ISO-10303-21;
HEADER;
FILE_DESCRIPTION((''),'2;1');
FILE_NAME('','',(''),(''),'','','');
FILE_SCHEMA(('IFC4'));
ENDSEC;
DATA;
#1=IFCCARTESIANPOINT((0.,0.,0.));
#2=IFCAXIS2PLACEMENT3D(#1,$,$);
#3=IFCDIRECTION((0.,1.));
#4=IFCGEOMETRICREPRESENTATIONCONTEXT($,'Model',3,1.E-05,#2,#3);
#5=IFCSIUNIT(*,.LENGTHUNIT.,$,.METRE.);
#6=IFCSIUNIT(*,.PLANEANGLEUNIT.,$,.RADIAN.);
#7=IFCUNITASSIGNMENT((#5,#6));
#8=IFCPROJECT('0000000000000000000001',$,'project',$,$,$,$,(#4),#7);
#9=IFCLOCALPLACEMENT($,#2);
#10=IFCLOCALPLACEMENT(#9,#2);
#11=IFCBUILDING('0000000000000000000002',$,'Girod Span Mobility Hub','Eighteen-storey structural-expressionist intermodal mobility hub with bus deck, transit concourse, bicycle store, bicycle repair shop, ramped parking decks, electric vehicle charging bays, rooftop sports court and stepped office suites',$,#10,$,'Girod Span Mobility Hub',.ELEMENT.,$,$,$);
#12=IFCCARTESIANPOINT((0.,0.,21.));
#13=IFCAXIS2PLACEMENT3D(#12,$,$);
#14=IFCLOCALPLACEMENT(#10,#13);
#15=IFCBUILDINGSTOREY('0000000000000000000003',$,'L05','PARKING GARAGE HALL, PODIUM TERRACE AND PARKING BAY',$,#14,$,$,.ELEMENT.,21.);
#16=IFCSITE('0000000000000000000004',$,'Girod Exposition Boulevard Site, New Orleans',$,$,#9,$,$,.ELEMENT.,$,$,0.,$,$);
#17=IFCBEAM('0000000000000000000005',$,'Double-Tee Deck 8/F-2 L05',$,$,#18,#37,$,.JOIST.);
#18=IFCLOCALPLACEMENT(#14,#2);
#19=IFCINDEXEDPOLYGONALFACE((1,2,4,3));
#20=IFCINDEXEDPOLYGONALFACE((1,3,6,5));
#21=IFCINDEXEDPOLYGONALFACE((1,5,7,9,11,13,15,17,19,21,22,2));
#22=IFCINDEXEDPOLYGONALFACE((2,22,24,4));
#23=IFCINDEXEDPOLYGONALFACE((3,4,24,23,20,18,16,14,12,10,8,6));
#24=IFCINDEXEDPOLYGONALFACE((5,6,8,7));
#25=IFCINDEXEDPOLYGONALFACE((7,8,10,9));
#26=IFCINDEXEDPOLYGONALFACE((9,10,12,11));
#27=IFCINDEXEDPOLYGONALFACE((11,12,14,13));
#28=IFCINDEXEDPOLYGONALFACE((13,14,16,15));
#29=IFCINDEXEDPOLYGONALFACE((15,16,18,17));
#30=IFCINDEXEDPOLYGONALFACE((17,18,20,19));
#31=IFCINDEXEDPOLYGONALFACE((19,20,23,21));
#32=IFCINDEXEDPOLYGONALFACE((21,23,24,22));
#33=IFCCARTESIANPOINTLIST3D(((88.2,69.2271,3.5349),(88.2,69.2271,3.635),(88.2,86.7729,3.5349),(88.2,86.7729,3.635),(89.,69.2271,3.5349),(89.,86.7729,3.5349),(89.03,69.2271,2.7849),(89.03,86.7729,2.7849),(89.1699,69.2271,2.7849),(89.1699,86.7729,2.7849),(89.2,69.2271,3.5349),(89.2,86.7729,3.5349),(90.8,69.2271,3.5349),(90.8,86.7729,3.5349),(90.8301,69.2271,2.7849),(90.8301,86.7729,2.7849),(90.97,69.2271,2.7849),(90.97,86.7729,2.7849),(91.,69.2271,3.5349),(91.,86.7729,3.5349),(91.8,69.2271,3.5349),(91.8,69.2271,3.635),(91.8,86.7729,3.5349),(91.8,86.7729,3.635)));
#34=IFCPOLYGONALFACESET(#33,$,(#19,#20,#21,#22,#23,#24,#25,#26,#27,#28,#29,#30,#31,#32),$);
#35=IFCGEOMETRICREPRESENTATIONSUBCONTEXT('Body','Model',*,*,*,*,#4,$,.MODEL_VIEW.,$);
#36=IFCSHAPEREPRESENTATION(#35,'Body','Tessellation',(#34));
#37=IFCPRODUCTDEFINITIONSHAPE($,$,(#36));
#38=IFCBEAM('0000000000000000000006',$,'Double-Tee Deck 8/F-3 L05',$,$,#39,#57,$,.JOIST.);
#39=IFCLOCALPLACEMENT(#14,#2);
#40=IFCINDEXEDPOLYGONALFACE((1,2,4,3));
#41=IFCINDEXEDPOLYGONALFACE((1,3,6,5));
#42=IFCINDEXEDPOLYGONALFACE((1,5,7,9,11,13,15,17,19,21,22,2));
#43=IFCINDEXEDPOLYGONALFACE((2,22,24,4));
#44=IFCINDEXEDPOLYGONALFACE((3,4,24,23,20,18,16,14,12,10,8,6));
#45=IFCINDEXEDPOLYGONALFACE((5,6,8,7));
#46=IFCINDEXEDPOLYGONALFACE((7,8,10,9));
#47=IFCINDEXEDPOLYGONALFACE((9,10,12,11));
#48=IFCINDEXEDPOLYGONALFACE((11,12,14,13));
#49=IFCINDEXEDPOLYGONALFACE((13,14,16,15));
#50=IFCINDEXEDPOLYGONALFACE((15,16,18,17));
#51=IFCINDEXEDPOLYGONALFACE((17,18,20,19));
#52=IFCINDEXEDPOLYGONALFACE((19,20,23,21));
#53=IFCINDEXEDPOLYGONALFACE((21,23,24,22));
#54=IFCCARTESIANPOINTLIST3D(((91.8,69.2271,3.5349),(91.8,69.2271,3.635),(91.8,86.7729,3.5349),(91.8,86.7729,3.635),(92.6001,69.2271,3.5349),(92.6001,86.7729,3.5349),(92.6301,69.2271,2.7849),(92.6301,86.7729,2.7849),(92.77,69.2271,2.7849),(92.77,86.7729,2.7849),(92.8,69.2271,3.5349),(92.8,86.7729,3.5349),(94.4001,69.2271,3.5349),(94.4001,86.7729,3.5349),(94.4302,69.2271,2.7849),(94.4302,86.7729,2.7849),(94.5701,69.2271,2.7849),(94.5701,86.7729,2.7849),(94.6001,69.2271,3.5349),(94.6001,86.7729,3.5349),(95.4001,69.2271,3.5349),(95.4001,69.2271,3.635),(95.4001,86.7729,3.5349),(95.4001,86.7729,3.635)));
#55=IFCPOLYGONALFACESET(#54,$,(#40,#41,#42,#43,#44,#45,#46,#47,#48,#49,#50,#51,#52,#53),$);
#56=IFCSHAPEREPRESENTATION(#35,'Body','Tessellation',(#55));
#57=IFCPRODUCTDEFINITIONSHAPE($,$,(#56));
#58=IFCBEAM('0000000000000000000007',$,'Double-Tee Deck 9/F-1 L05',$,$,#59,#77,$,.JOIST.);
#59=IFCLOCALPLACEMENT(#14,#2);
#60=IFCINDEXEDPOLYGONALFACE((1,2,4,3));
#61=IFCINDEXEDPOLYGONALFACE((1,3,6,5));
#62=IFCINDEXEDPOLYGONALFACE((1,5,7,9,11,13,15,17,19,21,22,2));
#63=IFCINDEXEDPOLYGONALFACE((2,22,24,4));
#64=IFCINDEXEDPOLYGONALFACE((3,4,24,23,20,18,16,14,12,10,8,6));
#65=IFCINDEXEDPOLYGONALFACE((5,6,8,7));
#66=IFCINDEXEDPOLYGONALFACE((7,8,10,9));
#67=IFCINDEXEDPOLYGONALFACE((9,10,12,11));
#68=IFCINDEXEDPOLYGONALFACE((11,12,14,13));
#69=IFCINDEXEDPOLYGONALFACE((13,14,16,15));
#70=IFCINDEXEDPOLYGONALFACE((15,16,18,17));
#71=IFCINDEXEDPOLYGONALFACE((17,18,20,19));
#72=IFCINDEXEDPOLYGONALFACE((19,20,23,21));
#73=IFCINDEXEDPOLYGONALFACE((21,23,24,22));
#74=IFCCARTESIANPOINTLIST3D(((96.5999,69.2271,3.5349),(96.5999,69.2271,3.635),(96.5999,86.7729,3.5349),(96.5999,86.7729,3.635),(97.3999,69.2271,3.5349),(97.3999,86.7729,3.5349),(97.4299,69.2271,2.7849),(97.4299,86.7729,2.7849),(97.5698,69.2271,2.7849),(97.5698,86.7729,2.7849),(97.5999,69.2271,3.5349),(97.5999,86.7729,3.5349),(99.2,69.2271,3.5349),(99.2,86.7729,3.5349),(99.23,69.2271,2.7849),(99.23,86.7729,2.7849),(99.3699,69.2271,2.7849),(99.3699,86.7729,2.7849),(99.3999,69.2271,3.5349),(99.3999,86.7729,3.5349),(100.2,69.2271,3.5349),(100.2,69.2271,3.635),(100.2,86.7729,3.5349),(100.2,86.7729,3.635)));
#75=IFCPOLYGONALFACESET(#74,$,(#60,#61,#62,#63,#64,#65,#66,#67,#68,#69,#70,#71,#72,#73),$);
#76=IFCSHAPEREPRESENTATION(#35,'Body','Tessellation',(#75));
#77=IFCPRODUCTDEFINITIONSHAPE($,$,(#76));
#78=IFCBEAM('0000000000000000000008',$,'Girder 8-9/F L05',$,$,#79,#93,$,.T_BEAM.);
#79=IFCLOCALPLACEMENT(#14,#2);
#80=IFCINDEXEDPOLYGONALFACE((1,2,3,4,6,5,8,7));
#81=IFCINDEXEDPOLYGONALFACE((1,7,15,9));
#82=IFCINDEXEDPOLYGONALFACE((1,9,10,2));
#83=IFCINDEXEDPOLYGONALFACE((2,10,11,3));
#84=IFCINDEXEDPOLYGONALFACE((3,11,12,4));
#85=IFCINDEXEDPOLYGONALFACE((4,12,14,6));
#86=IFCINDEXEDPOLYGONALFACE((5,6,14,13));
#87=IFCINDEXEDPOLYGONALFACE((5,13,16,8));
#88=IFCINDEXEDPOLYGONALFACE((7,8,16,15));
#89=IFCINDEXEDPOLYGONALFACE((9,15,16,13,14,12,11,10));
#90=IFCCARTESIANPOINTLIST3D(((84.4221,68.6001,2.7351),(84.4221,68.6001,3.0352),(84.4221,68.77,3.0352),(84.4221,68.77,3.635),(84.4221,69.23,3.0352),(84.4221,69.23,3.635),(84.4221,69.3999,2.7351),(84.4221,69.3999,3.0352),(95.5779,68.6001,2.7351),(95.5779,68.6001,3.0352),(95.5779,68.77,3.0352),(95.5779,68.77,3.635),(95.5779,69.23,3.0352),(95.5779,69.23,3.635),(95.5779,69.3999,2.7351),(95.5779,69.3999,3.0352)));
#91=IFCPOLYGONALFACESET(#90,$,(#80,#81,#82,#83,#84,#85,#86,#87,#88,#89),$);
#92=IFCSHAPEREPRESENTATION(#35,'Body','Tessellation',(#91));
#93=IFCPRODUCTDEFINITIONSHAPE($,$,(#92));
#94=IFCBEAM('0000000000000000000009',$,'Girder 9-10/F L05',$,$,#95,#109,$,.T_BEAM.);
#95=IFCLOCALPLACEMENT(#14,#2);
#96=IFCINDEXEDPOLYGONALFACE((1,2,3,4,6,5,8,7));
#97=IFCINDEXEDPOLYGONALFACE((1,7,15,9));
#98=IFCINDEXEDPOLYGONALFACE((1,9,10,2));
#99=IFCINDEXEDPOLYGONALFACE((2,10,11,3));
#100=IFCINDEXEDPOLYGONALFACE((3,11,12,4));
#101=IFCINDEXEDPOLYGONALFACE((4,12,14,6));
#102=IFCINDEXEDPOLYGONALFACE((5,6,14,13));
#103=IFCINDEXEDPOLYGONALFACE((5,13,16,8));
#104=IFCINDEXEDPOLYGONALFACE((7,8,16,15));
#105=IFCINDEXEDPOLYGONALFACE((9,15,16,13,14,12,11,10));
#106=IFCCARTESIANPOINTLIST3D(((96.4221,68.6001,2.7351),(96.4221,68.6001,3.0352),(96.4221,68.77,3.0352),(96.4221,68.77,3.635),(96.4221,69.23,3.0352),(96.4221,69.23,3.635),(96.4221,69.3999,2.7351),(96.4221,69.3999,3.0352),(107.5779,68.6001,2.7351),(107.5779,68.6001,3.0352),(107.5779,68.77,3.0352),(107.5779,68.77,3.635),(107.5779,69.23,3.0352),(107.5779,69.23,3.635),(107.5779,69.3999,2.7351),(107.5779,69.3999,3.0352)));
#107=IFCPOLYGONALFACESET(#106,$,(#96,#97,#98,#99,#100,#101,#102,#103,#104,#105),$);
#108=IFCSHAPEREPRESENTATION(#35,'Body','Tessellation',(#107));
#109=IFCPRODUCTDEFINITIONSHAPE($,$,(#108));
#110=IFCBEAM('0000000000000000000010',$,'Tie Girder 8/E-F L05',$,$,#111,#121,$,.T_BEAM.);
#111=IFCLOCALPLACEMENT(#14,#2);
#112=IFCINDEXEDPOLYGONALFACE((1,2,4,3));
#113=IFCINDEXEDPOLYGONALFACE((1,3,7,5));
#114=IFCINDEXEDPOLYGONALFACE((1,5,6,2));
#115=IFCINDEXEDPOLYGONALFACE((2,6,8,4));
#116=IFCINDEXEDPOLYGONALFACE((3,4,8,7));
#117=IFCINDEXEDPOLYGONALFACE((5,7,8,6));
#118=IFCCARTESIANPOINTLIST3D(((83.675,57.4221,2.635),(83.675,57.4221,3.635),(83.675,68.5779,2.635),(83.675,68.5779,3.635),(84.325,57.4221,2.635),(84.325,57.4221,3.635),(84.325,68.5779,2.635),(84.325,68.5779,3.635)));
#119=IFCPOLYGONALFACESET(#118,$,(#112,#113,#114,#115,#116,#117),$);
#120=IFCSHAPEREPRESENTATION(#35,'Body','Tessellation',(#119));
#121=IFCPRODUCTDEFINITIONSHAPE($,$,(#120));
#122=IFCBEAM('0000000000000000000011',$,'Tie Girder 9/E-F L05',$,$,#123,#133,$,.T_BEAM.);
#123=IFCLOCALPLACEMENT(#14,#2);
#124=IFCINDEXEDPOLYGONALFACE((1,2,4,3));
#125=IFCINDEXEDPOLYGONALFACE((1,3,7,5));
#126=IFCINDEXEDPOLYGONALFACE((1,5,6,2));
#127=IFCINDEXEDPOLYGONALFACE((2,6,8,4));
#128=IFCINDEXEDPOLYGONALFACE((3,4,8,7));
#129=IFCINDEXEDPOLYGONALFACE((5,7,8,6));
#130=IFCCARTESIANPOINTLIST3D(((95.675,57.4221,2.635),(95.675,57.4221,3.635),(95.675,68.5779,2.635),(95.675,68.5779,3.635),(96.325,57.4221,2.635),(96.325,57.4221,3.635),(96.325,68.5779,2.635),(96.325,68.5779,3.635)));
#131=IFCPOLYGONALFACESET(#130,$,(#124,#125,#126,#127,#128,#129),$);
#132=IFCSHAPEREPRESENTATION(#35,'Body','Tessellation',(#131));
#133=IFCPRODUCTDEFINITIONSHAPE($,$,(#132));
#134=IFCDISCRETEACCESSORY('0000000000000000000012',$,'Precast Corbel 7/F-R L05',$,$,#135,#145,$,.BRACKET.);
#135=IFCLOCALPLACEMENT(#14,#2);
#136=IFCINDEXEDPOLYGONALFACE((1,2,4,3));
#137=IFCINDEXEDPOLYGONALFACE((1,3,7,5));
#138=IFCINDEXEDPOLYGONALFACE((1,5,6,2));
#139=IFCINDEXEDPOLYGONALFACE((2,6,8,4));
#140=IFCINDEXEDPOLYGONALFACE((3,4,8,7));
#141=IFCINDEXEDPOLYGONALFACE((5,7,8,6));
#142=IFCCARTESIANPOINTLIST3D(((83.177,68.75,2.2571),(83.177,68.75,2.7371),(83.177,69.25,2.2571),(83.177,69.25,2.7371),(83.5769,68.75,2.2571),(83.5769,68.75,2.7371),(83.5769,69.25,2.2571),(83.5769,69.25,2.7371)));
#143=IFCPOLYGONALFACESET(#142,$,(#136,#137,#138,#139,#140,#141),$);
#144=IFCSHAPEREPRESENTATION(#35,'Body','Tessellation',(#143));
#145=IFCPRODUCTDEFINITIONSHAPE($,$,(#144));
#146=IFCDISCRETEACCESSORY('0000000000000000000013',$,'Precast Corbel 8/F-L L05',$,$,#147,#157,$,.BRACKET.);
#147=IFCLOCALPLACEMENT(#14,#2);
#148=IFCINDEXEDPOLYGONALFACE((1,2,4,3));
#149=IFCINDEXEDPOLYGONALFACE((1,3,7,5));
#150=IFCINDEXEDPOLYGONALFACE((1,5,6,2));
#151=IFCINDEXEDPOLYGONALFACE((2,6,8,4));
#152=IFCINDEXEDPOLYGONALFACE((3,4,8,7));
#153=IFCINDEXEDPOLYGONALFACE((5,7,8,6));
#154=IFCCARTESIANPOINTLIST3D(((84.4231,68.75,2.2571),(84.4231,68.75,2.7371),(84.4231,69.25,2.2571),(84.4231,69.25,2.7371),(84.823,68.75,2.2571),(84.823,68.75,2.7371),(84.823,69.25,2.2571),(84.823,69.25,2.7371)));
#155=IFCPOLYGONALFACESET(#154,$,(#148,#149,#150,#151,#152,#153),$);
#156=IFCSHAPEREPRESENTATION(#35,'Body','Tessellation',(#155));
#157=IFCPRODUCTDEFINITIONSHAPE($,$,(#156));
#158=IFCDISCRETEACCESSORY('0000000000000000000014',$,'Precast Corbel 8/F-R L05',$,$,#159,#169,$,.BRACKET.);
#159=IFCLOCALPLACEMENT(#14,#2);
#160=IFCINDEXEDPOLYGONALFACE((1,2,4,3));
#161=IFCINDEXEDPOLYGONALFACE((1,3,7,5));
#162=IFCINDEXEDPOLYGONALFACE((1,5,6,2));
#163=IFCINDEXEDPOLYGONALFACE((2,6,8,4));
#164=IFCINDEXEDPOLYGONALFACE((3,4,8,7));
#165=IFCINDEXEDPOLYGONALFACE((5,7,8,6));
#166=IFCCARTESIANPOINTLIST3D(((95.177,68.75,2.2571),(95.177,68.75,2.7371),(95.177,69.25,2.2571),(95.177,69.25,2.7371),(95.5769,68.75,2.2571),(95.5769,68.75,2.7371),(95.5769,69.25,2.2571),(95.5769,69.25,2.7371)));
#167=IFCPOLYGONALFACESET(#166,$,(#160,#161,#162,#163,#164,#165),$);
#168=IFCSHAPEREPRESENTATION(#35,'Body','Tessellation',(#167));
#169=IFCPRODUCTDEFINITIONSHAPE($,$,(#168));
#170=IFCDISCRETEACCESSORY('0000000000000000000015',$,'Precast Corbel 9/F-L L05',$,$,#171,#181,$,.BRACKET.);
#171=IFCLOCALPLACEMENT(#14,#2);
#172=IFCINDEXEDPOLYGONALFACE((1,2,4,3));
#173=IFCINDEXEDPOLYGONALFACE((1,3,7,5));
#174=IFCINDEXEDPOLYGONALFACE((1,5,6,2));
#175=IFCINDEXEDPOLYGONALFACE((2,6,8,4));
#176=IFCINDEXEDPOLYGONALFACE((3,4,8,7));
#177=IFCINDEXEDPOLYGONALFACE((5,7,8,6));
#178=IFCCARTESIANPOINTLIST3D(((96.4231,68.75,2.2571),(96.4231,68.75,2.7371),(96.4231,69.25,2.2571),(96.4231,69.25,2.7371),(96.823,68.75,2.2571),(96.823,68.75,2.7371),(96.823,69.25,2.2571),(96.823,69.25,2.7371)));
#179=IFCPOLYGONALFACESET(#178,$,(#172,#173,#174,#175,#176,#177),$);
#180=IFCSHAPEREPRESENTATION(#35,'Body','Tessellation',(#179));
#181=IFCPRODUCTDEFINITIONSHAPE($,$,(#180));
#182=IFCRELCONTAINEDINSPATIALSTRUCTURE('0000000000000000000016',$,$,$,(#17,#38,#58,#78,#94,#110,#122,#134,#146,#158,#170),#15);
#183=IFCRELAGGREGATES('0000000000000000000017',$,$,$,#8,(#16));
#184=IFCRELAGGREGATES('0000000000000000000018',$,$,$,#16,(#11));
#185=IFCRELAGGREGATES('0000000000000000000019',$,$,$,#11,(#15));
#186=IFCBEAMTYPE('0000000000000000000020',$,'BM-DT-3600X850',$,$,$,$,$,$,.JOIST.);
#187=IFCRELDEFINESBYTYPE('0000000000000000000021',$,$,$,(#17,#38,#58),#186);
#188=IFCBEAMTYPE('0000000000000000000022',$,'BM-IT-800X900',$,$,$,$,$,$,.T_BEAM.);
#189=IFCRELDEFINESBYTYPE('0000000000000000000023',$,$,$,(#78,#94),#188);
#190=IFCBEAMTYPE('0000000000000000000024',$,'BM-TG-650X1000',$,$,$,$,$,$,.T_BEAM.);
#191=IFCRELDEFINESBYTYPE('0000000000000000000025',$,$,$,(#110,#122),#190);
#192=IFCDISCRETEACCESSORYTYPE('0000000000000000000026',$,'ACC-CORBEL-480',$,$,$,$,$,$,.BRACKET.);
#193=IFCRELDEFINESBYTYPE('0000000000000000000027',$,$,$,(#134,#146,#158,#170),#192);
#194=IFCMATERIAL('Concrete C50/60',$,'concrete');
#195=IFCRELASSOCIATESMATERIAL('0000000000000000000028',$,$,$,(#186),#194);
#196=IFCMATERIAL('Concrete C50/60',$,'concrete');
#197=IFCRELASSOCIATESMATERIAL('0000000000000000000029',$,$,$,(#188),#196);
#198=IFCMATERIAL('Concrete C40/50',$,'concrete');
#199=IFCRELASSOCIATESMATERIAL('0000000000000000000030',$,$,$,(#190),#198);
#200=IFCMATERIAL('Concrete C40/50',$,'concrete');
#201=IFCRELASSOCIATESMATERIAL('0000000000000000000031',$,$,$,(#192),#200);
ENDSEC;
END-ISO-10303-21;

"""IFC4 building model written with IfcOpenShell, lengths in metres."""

from ifc_helpers import new_model, si_unit, direction, frame, origin, origin_2d, place, context, subcontext, project, spatial, polyline, rectangle, outline, extrude, material, material_profile, profile_set, type_object, element, save


model = new_model("IFC4")

# Units and contexts
model_context = context("Model", 3, precision=1e-05, world=origin(), true_north=direction((0.0, 1.0)))
body_context = subcontext(model_context, "Body", "Model", "MODEL_VIEW")
ifc_project = project(units=[si_unit("LENGTHUNIT", "METRE"), si_unit("PLANEANGLEUNIT", "RADIAN")], contexts=[model_context])

# Site, building, storey
site_placement = place(None, origin())
site = spatial("IfcSite", under=ifc_project, at=site_placement, Name="Girod Exposition Boulevard Site, New Orleans", CompositionType="ELEMENT", RefElevation=0.0)
building_placement = place(site_placement, origin())
building = spatial("IfcBuilding", under=site, at=building_placement, Name="Girod Span Mobility Hub", Description="Eighteen-storey structural-expressionist intermodal mobility hub with bus deck, transit concourse, bicycle store, bicycle repair shop, ramped parking decks, electric vehicle charging bays, rooftop sports court and stepped office suites", LongName="Girod Span Mobility Hub", CompositionType="ELEMENT")
storey_placement = place(building_placement, frame((0.0, 0.0, 21.0)))
storey = spatial("IfcBuildingStorey", under=building, at=storey_placement, Name="L05", Description="PARKING GARAGE HALL, PODIUM TERRACE AND PARKING BAY", CompositionType="ELEMENT", Elevation=21.0)

# Beams
ifc_material_1 = material(Name="Concrete C50/60", Category="concrete")
ifc_material_profile_1 = material_profile(ifc_material_1, outline(polyline([(-1.8, 0.425), (-1.8, 0.325), (-1.0, 0.325), (-0.97, -0.425), (-0.8301, -0.425), (-0.8, 0.325), (0.8, 0.325), (0.8301, -0.425), (0.97, -0.425), (1.0, 0.325), (1.8, 0.325), (1.8, 0.425), (-1.8, 0.425)])), Name="DT-3600X850")
ifc_profile_set_1 = profile_set([ifc_material_profile_1], Name="Concrete C50/60")
beam_type_1 = type_object("IfcBeamType", Name="BM-DT-3600X850", PredefinedType="JOIST", material=ifc_profile_set_1)
for number, where, z_axis, x_axis, name in (
    (1, (90.0, 69.2271, 3.21), (0.0, 1.0, 0.0), (-1.0, 0.0, 0.0), "Double-Tee Deck 8/F-2 L05"),
    (2, (93.6001, 69.2271, 3.21), (0.0, 1.0, 0.0), (-1.0, 0.0, 0.0), "Double-Tee Deck 8/F-3 L05"),
    (3, (98.3999, 69.2271, 3.21), (0.0, 1.0, 0.0), (-1.0, 0.0, 0.0), "Double-Tee Deck 9/F-1 L05"),
):
    element("IfcBeam", number, at=place(storey_placement, frame(where, z_axis=z_axis, x_axis=x_axis)), inside=storey, type_object=beam_type_1, Name=name, PredefinedType="JOIST", context=body_context, shape_type="SweptSolid", body=[
        extrude(outline(polyline([(-1.8, 0.425), (-1.8, 0.325), (-1.0, 0.325), (-0.97, -0.425), (-0.8301, -0.425), (-0.8, 0.325), (0.8, 0.325), (0.8301, -0.425), (0.97, -0.425), (1.0, 0.325), (1.8, 0.325), (1.8, 0.425), (-1.8, 0.425)])), origin(), (0.0, 0.0, 1.0), 17.5459),
    ])
ifc_material_2 = material(Name="Concrete C50/60", Category="concrete")
ifc_material_profile_2 = material_profile(ifc_material_2, outline(polyline([(-0.3999, -0.45), (0.3999, -0.45), (0.3999, -0.1499), (0.23, -0.1499), (0.23, 0.45), (-0.23, 0.45), (-0.23, -0.1499), (-0.3999, -0.1499), (-0.3999, -0.45)])), Name="IT-800X900")
ifc_profile_set_2 = profile_set([ifc_material_profile_2], Name="Concrete C50/60")
beam_type_2 = type_object("IfcBeamType", Name="BM-IT-800X900", PredefinedType="T_BEAM", material=ifc_profile_set_2)
for number, where, z_axis, x_axis, name in (
    (4, (84.4221, 69.0, 3.1851), (1.0, 0.0, 0.0), (0.0, 1.0, 0.0), "Girder 8-9/F L05"),
    (5, (96.4221, 69.0, 3.1851), (1.0, 0.0, 0.0), (0.0, 1.0, 0.0), "Girder 9-10/F L05"),
):
    element("IfcBeam", number, at=place(storey_placement, frame(where, z_axis=z_axis, x_axis=x_axis)), inside=storey, type_object=beam_type_2, Name=name, PredefinedType="T_BEAM", context=body_context, shape_type="SweptSolid", body=[
        extrude(outline(polyline([(-0.3999, -0.45), (0.3999, -0.45), (0.3999, -0.1499), (0.23, -0.1499), (0.23, 0.45), (-0.23, 0.45), (-0.23, -0.1499), (-0.3999, -0.1499), (-0.3999, -0.45)])), origin(), (0.0, 0.0, 1.0), 11.1558),
    ])
ifc_material_3 = material(Name="Concrete C40/50", Category="concrete")
ifc_material_profile_3 = material_profile(ifc_material_3, rectangle(XDim=0.6499, YDim=1.0, at=origin_2d()), Name="TG-650X1000")
ifc_profile_set_3 = profile_set([ifc_material_profile_3], Name="Concrete C40/50")
beam_type_3 = type_object("IfcBeamType", Name="BM-TG-650X1000", PredefinedType="T_BEAM", material=ifc_profile_set_3)
for number, where, z_axis, x_axis, name in (
    (6, (84.0, 57.4221, 3.135), (0.0, 1.0, 0.0), (-1.0, 0.0, 0.0), "Tie Girder 8/E-F L05"),
    (7, (96.0, 57.4221, 3.135), (0.0, 1.0, 0.0), (-1.0, 0.0, 0.0), "Tie Girder 9/E-F L05"),
):
    element("IfcBeam", number, at=place(storey_placement, frame(where, z_axis=z_axis, x_axis=x_axis)), inside=storey, type_object=beam_type_3, Name=name, PredefinedType="T_BEAM", context=body_context, shape_type="SweptSolid", body=[
        extrude(rectangle(XDim=0.6499, YDim=1.0, at=origin_2d()), origin(), (0.0, 0.0, 1.0), 11.1558),
    ])

# Discrete accessories
ifc_material_4 = material(Name="Concrete C40/50", Category="concrete")
discrete_accessory_type = type_object("IfcDiscreteAccessoryType", Name="ACC-CORBEL-480", PredefinedType="BRACKET", material=ifc_material_4)
for number, where, z_axis, x_axis, name in (
    (8, (83.377, 69.0, 2.2571), (0.0, 0.0, 1.0), (1.0, 0.0, 0.0), "Precast Corbel 7/F-R L05"),
    (9, (84.623, 69.0, 2.2571), (0.0, 0.0, 1.0), (1.0, 0.0, 0.0), "Precast Corbel 8/F-L L05"),
    (10, (95.377, 69.0, 2.2571), (0.0, 0.0, 1.0), (1.0, 0.0, 0.0), "Precast Corbel 8/F-R L05"),
    (11, (96.623, 69.0, 2.2571), (0.0, 0.0, 1.0), (1.0, 0.0, 0.0), "Precast Corbel 9/F-L L05"),
):
    element("IfcDiscreteAccessory", number, at=place(storey_placement, frame(where, z_axis=z_axis, x_axis=x_axis)), inside=storey, type_object=discrete_accessory_type, Name=name, PredefinedType="BRACKET", context=body_context, shape_type="SweptSolid", body=[
        extrude(rectangle(XDim=0.3999, YDim=0.5, at=origin_2d()), origin(), (0.0, 0.0, 1.0), 0.48),
    ])

save(model, "model.ifc")
